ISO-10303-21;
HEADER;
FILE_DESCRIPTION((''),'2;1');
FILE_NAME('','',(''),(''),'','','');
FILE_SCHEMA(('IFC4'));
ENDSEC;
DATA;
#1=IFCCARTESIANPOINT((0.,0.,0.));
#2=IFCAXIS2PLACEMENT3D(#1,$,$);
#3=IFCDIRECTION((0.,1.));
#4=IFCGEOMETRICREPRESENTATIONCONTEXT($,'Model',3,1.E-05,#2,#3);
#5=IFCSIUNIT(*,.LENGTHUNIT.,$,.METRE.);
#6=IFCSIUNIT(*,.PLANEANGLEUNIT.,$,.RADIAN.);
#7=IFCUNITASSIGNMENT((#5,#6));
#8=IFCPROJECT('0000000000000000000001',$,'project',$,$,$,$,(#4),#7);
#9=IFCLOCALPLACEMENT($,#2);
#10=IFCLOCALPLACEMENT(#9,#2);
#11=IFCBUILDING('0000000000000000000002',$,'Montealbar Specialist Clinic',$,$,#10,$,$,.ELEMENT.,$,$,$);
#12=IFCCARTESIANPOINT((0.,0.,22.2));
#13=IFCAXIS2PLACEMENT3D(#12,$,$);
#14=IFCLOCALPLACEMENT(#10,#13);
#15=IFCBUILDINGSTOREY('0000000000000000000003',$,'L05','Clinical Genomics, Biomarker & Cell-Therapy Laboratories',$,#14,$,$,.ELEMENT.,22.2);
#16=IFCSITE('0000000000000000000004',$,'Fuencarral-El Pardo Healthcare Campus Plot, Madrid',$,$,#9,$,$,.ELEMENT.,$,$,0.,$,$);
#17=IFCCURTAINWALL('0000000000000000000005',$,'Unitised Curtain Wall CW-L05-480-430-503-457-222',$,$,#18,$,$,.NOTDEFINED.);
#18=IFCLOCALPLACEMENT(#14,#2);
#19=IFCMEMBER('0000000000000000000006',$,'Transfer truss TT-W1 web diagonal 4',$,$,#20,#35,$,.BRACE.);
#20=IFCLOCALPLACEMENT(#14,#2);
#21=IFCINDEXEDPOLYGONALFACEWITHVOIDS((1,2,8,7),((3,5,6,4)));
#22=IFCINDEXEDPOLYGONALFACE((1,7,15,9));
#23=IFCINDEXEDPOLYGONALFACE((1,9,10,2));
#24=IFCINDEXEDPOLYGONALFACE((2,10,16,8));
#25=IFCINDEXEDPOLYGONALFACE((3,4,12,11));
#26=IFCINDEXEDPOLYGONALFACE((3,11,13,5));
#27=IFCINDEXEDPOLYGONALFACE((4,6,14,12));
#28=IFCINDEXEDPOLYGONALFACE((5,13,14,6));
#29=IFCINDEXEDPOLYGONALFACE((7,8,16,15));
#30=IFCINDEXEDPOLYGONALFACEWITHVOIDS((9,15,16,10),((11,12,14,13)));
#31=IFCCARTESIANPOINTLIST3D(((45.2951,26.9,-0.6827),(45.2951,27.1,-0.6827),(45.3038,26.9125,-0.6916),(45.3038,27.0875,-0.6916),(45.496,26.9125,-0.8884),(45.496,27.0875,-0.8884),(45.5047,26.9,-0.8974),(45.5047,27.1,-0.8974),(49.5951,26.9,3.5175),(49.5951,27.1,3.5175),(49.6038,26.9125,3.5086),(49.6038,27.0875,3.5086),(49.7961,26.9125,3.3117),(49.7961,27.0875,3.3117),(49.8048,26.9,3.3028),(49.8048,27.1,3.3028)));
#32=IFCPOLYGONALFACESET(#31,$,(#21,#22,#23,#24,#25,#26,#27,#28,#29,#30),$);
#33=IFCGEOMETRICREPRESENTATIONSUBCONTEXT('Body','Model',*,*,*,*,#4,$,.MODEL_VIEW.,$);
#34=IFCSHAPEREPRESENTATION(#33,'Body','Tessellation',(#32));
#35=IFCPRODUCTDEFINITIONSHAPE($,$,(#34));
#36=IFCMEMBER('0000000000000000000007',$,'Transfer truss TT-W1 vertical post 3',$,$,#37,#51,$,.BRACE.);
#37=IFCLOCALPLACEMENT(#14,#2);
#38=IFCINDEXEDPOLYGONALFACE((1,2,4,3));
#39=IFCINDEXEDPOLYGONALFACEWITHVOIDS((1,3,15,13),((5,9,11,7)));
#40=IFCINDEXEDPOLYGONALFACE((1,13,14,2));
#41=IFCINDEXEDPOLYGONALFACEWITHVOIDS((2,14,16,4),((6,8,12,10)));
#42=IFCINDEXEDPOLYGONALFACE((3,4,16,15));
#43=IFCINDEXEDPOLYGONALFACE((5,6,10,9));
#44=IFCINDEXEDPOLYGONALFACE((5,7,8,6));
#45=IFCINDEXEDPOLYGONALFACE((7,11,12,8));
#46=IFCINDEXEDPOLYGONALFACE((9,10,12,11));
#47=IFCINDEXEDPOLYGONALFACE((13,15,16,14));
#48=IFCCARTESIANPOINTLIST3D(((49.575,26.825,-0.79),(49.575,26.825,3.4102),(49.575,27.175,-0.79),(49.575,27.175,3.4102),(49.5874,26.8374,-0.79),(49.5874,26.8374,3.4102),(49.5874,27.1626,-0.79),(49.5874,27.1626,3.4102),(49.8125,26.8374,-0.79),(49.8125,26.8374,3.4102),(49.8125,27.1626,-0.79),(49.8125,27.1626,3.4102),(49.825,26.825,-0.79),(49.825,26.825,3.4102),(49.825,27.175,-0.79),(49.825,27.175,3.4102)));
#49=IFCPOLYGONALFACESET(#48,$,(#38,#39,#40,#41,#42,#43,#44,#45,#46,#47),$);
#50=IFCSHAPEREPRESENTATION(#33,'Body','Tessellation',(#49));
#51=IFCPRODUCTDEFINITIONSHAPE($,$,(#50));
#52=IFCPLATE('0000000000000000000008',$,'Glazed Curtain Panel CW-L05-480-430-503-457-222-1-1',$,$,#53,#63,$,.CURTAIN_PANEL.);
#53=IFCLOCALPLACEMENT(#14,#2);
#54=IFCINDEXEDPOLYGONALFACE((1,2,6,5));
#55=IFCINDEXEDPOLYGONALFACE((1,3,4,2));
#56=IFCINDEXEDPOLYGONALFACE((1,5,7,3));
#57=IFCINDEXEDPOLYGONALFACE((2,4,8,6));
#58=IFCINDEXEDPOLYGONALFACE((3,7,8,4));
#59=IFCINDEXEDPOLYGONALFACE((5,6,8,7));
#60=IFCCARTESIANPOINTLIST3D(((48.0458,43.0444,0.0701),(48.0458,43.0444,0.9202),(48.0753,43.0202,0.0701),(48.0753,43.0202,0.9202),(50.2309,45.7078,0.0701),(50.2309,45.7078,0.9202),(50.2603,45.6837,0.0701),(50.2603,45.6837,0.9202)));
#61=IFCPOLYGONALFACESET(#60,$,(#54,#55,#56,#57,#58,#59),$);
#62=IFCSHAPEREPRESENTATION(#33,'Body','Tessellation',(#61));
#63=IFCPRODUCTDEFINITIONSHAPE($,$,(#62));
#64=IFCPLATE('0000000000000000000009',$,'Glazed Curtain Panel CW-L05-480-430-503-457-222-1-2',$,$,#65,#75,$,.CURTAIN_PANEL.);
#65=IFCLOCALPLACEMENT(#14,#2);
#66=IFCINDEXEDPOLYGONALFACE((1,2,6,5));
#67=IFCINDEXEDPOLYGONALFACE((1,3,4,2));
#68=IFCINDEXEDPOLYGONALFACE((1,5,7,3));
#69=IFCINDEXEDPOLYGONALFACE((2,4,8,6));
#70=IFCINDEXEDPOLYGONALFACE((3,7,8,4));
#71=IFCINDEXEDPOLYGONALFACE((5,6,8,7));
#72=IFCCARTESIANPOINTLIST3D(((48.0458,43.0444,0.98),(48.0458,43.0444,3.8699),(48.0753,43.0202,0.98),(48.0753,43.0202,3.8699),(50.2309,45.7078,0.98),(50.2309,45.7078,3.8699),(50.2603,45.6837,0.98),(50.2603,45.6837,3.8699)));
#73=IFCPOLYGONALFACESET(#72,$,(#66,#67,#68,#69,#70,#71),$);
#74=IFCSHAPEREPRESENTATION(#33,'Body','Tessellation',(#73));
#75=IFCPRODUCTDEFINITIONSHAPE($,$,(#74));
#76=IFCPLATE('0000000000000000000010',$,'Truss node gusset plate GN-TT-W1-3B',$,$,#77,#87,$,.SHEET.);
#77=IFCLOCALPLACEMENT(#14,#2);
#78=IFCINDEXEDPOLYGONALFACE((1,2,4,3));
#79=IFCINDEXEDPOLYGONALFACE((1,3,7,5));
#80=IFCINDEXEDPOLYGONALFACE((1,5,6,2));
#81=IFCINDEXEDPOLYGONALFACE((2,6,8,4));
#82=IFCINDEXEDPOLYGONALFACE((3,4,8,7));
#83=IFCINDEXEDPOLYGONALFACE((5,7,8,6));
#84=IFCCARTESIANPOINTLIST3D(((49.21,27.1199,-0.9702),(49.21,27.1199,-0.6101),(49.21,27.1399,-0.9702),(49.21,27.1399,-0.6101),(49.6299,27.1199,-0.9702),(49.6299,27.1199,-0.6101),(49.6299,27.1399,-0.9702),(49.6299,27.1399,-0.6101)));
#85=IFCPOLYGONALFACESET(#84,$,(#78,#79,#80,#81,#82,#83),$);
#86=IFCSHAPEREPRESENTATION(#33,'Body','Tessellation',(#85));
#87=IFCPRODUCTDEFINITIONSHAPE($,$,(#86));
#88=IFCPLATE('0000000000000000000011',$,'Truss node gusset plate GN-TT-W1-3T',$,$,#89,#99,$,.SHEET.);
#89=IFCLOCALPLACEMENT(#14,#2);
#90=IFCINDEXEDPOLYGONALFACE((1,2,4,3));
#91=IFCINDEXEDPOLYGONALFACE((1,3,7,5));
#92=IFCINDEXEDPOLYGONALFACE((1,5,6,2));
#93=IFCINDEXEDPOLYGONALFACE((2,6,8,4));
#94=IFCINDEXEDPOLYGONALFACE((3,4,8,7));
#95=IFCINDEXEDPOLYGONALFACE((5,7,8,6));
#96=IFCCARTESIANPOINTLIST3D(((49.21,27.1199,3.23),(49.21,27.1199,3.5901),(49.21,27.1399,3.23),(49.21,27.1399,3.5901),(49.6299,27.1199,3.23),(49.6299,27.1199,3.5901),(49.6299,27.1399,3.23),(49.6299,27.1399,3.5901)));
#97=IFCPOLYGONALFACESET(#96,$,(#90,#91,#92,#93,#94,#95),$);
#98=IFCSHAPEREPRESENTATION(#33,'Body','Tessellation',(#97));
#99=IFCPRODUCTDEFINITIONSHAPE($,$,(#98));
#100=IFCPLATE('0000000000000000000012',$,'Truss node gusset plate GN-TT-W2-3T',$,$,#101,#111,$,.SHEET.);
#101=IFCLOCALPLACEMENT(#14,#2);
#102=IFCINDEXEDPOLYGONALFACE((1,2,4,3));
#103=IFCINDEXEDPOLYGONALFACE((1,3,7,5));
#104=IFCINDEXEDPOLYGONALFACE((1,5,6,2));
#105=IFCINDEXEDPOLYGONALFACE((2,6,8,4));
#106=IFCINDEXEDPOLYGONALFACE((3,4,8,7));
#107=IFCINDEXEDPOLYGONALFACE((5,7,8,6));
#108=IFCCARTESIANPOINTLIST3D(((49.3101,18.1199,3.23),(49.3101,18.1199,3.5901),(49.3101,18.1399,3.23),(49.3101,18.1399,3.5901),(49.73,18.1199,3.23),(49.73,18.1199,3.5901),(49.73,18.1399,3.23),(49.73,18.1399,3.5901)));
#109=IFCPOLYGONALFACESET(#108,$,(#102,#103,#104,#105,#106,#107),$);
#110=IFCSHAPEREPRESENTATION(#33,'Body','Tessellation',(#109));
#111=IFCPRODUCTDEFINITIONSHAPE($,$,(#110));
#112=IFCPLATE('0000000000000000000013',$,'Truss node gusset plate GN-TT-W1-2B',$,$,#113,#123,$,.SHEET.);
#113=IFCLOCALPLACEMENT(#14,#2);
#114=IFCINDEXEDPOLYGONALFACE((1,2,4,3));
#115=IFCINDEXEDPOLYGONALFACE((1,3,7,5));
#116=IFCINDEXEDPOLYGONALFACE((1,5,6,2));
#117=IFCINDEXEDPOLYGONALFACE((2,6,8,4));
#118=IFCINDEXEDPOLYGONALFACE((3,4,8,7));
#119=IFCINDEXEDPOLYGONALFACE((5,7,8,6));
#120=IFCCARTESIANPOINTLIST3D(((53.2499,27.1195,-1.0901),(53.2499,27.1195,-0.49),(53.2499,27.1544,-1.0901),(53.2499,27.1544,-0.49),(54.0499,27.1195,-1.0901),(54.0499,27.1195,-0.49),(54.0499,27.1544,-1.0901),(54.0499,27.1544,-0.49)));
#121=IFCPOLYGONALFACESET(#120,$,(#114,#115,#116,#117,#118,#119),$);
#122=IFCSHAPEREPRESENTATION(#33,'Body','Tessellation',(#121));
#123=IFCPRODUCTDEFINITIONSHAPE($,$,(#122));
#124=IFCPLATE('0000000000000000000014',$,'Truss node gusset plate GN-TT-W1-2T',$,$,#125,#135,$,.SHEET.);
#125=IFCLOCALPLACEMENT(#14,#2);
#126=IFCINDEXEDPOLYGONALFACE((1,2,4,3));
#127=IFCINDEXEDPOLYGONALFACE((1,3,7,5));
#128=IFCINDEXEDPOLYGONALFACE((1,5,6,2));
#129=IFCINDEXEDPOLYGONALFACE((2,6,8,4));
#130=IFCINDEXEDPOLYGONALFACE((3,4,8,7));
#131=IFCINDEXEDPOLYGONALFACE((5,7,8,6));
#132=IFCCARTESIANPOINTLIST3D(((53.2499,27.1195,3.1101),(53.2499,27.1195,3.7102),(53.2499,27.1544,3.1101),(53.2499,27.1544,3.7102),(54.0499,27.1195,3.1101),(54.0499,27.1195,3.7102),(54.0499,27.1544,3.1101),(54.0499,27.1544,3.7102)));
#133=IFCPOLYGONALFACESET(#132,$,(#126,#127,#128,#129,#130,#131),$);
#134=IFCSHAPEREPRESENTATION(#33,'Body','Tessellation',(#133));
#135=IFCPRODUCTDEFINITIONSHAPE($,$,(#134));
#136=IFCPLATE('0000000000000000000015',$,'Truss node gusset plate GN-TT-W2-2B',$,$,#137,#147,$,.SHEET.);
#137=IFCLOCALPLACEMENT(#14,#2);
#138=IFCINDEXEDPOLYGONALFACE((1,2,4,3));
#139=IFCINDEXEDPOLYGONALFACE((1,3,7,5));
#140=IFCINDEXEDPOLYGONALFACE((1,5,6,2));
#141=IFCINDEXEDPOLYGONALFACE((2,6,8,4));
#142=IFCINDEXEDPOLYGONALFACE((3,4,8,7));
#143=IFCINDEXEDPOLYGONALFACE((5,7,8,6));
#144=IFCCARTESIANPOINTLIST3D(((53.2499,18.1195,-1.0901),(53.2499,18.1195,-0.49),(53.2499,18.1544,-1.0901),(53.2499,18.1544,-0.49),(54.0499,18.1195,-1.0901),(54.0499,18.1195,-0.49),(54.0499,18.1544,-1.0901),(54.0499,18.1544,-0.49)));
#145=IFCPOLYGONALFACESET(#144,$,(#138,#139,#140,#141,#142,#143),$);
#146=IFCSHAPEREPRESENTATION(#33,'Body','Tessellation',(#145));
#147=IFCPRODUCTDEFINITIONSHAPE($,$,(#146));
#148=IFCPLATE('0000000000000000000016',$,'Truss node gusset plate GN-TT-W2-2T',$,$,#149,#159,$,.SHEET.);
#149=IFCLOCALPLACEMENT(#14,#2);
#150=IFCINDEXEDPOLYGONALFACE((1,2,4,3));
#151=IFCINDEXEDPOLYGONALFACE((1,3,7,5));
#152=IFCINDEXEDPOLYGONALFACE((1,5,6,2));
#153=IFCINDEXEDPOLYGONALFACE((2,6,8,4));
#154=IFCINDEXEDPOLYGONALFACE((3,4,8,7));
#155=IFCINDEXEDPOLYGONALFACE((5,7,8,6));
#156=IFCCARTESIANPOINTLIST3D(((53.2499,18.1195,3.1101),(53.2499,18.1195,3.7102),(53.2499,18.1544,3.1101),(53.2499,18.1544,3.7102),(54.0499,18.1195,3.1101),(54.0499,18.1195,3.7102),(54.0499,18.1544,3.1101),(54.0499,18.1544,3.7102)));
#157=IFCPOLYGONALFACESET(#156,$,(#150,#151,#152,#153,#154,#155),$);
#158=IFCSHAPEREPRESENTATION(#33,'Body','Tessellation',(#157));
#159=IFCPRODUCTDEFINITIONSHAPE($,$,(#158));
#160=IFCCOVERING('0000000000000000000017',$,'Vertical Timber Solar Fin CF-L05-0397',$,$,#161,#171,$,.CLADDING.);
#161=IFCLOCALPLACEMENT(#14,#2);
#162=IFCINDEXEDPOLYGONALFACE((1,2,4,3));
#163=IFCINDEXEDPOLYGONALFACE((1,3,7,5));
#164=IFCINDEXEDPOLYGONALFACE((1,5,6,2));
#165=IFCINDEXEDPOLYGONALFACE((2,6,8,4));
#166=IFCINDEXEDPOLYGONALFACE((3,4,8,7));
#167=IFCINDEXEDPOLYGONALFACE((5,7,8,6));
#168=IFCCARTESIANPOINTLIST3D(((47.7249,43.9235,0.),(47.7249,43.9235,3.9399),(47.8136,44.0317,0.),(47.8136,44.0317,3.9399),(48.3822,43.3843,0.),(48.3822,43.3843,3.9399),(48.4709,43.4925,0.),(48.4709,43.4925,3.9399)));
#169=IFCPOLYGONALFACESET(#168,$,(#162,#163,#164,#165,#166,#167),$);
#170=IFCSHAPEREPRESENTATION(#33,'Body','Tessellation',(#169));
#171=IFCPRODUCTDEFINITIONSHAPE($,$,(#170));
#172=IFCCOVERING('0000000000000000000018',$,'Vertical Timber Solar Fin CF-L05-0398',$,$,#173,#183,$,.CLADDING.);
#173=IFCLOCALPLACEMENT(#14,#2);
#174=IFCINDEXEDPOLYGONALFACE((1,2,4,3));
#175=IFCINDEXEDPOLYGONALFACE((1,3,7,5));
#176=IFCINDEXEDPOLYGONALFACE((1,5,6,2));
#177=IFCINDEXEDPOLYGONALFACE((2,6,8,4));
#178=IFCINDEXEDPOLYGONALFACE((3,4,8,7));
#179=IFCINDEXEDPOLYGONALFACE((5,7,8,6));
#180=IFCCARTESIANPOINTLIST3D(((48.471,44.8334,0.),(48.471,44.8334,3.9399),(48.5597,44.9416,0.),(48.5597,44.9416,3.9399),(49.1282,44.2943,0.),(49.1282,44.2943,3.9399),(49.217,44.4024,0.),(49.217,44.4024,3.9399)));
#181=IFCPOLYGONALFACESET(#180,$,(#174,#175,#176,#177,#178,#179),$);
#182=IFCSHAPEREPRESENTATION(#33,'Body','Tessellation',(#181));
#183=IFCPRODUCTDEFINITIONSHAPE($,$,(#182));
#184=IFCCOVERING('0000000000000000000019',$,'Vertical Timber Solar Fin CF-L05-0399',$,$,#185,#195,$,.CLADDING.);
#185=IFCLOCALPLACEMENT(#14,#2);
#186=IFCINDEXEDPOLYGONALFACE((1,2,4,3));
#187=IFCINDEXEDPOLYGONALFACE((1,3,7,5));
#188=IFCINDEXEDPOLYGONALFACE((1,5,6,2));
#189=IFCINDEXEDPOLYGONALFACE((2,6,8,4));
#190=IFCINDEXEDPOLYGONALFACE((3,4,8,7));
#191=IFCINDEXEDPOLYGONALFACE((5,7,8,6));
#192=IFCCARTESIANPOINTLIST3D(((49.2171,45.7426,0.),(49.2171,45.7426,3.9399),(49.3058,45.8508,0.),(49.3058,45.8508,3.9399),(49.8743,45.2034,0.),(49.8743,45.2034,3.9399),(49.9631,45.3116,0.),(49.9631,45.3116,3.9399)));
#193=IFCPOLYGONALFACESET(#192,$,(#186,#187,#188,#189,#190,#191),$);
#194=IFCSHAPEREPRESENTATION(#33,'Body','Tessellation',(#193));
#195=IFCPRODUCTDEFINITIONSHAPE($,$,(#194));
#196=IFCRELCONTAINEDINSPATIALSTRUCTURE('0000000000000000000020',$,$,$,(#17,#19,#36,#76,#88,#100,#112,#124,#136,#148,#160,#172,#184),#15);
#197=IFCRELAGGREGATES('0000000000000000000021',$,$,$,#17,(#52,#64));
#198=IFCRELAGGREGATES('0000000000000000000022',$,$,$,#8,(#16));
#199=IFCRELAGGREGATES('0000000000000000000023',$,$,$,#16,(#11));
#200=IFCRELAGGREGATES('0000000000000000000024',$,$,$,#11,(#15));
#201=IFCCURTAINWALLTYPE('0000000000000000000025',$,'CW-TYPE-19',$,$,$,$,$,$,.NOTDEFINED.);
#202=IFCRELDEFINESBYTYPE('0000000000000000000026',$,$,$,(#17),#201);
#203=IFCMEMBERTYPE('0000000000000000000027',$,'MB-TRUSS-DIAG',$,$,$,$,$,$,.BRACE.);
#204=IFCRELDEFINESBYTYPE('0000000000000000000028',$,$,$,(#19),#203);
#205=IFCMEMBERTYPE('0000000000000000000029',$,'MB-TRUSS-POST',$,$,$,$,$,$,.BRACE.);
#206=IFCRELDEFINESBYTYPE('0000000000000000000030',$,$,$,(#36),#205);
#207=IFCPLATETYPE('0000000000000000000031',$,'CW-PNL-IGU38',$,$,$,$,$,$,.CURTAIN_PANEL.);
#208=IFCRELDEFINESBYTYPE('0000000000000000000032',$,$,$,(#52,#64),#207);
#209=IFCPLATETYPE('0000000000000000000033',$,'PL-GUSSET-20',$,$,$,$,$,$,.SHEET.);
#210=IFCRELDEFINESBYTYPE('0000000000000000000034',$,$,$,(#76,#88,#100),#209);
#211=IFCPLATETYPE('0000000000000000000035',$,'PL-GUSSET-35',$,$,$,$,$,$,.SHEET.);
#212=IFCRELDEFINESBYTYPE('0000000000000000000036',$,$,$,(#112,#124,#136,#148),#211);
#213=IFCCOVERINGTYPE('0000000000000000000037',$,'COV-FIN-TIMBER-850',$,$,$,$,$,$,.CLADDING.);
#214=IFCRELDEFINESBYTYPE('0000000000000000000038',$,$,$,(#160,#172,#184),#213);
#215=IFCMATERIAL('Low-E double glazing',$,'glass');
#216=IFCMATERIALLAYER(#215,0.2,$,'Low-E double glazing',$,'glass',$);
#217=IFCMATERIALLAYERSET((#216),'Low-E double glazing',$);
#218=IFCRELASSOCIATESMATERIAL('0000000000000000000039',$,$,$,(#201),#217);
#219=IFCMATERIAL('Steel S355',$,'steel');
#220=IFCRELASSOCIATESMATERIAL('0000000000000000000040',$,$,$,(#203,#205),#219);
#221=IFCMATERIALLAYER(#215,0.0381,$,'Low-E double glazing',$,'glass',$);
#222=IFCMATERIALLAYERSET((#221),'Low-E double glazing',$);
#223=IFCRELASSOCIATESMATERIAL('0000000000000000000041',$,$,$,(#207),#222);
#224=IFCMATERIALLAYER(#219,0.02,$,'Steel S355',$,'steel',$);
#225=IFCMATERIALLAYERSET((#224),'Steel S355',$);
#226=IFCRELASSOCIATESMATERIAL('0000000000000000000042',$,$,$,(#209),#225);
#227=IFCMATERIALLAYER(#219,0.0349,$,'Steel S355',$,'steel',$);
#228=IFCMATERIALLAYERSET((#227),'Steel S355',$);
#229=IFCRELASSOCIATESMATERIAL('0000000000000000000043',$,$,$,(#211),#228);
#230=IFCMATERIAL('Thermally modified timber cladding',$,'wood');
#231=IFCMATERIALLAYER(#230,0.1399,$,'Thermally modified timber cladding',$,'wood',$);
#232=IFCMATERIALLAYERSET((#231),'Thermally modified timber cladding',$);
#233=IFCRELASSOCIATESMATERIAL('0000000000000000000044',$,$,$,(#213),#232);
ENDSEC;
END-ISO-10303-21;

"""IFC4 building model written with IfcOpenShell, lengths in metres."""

from ifc_helpers import new_model, si_unit, direction, frame, origin, origin_2d, place, context, subcontext, project, spatial, rectangle, hollow_rectangle, extrude, material, layer, layer_set, material_profile, profile_set, type_object, element, aggregate, save


model = new_model("IFC4")

# Units and contexts
model_context = context("Model", 3, precision=1e-05, world=origin(), true_north=direction((0.0, 1.0)))
body_context = subcontext(model_context, "Body", "Model", "MODEL_VIEW")
ifc_project = project(units=[si_unit("LENGTHUNIT", "METRE"), si_unit("PLANEANGLEUNIT", "RADIAN")], contexts=[model_context])

# Site, building, storey
site_placement = place(None, origin())
site = spatial("IfcSite", under=ifc_project, at=site_placement, Name="Fuencarral-El Pardo Healthcare Campus Plot, Madrid", CompositionType="ELEMENT", RefElevation=0.0)
building_placement = place(site_placement, origin())
building = spatial("IfcBuilding", under=site, at=building_placement, Name="Montealbar Specialist Clinic", CompositionType="ELEMENT")
storey_placement = place(building_placement, frame((0.0, 0.0, 22.2)))
storey = spatial("IfcBuildingStorey", under=building, at=storey_placement, Name="L05", Description="Clinical Genomics, Biomarker & Cell-Therapy Laboratories", CompositionType="ELEMENT", Elevation=22.2)

# Shared definitions
ifc_material_1 = material(Name="Steel S355", Category="steel")

# Shared definitions
ifc_material_2 = material(Name="Low-E double glazing", Category="glass")
ifc_layer_1 = layer(ifc_material_2, 0.2, Name="Low-E double glazing", Category="glass")
ifc_layer_set_1 = layer_set([ifc_layer_1], Name="Low-E double glazing")
curtain_wall_type = type_object("IfcCurtainWallType", Name="CW-TYPE-19", PredefinedType="NOTDEFINED", material=ifc_layer_set_1)

# Curtain wall
curtain_wall_1_placement = place(storey_placement, origin())
curtain_wall_1 = element("IfcCurtainWall", 1, at=curtain_wall_1_placement, inside=storey, type_object=curtain_wall_type, Name="Unitised Curtain Wall CW-L05-480-430-503-457-222", PredefinedType="NOTDEFINED")

# Members
ifc_material_profile_1 = material_profile(ifc_material_1, hollow_rectangle(XDim=0.2, YDim=0.3, WallThickness=0.0125, at=origin_2d()), Name="RHS 300x200x12.5", Category="steel")
ifc_profile_set_1 = profile_set([ifc_material_profile_1], Name="Steel S355")
member_type_1 = type_object("IfcMemberType", Name="MB-TRUSS-DIAG", PredefinedType="BRACE", material=ifc_profile_set_1)
for number, where, z_axis, x_axis, name in (
    (2, (49.7, 27.0, 3.4102), (-0.715364, 0.0, -0.698752), (0.0, -1.0, 0.0), "Transfer truss TT-W1 web diagonal 4"),
):
    element("IfcMember", number, at=place(storey_placement, frame(where, z_axis=z_axis, x_axis=x_axis)), inside=storey, type_object=member_type_1, Name=name, PredefinedType="BRACE", context=body_context, shape_type="SweptSolid", body=[
        extrude(hollow_rectangle(XDim=0.2, YDim=0.3, WallThickness=0.0125, at=origin_2d()), origin(), (0.0, 0.0, 1.0), 6.011),
    ])
ifc_material_profile_2 = material_profile(ifc_material_1, hollow_rectangle(XDim=0.25, YDim=0.3501, WallThickness=0.0125, at=origin_2d()), Name="RHS 350x250x12.5", Category="steel")
ifc_profile_set_2 = profile_set([ifc_material_profile_2], Name="Steel S355")
member_type_2 = type_object("IfcMemberType", Name="MB-TRUSS-POST", PredefinedType="BRACE", material=ifc_profile_set_2)
member_1_placement = place(storey_placement, frame((49.7, 27.0, -0.79), z_axis=(0.0, 0.0, 1.0), x_axis=(1.0, 0.0, 0.0)))
element("IfcMember", 3, at=member_1_placement, inside=storey, type_object=member_type_2, Name="Transfer truss TT-W1 vertical post 3", PredefinedType="BRACE", context=body_context, shape_type="SweptSolid", body=[
    extrude(hollow_rectangle(XDim=0.25, YDim=0.3501, WallThickness=0.0125, at=origin_2d()), origin(), (0.0, 0.0, 1.0), 4.2002),
])

# Plates
ifc_layer_2 = layer(ifc_material_2, 0.0381, Name="Low-E double glazing", Category="glass")
ifc_layer_set_2 = layer_set([ifc_layer_2], Name="Low-E double glazing")
plate_type_1 = type_object("IfcPlateType", Name="CW-PNL-IGU38", PredefinedType="CURTAIN_PANEL", material=ifc_layer_set_2)
plate_1_placement = place(storey_placement, frame((49.1531, 44.364, 0.0701), z_axis=(0.0, 0.0, 1.0), x_axis=(0.634256, 0.773123, 0.0)))
plate_1 = element("IfcPlate", 4, at=plate_1_placement, type_object=plate_type_1, Name="Glazed Curtain Panel CW-L05-480-430-503-457-222-1-1", PredefinedType="CURTAIN_PANEL", context=body_context, shape_type="SweptSolid", body=[
    extrude(rectangle(XDim=3.4451, YDim=0.0381, at=origin_2d()), origin(), (0.0, 0.0, 1.0), 0.8501),
])
plate_2_placement = place(storey_placement, frame((49.1531, 44.364, 0.98), z_axis=(0.0, 0.0, 1.0), x_axis=(0.634256, 0.773123, 0.0)))
plate_2 = element("IfcPlate", 5, at=plate_2_placement, type_object=plate_type_1, Name="Glazed Curtain Panel CW-L05-480-430-503-457-222-1-2", PredefinedType="CURTAIN_PANEL", context=body_context, shape_type="SweptSolid", body=[
    extrude(rectangle(XDim=3.4451, YDim=0.0381, at=origin_2d()), origin(), (0.0, 0.0, 1.0), 2.8899),
])
aggregate(curtain_wall_1, [plate_1, plate_2])

# Plates
ifc_layer_3 = layer(ifc_material_1, 0.02, Name="Steel S355", Category="steel")
ifc_layer_set_3 = layer_set([ifc_layer_3], Name="Steel S355")
plate_type_2 = type_object("IfcPlateType", Name="PL-GUSSET-20", PredefinedType="SHEET", material=ifc_layer_set_3)
for number, where, z_axis, x_axis, name in (
    (6, (49.4199, 27.1299, -0.9702), (0.0, 0.0, 1.0), (1.0, 0.0, 0.0), "Truss node gusset plate GN-TT-W1-3B"),
    (7, (49.4199, 27.1299, 3.23), (0.0, 0.0, 1.0), (1.0, 0.0, 0.0), "Truss node gusset plate GN-TT-W1-3T"),
    (8, (49.52, 18.1299, 3.23), (0.0, 0.0, 1.0), (1.0, 0.0, 0.0), "Truss node gusset plate GN-TT-W2-3T"),
):
    element("IfcPlate", number, at=place(storey_placement, frame(where, z_axis=z_axis, x_axis=x_axis)), inside=storey, type_object=plate_type_2, Name=name, PredefinedType="SHEET", context=body_context, shape_type="SweptSolid", body=[
        extrude(rectangle(XDim=0.4199, YDim=0.02, at=origin_2d()), origin(), (0.0, 0.0, 1.0), 0.3601),
    ])
ifc_layer_4 = layer(ifc_material_1, 0.0349, Name="Steel S355", Category="steel")
ifc_layer_set_4 = layer_set([ifc_layer_4], Name="Steel S355")
plate_type_3 = type_object("IfcPlateType", Name="PL-GUSSET-35", PredefinedType="SHEET", material=ifc_layer_set_4)
for number, where, z_axis, x_axis, name in (
    (9, (53.6499, 27.137, -1.0901), (0.0, 0.0, 1.0), (1.0, 0.0, 0.0), "Truss node gusset plate GN-TT-W1-2B"),
    (10, (53.6499, 27.137, 3.1101), (0.0, 0.0, 1.0), (1.0, 0.0, 0.0), "Truss node gusset plate GN-TT-W1-2T"),
    (11, (53.6499, 18.137, -1.0901), (0.0, 0.0, 1.0), (1.0, 0.0, 0.0), "Truss node gusset plate GN-TT-W2-2B"),
    (12, (53.6499, 18.137, 3.1101), (0.0, 0.0, 1.0), (1.0, 0.0, 0.0), "Truss node gusset plate GN-TT-W2-2T"),
):
    element("IfcPlate", number, at=place(storey_placement, frame(where, z_axis=z_axis, x_axis=x_axis)), inside=storey, type_object=plate_type_3, Name=name, PredefinedType="SHEET", context=body_context, shape_type="SweptSolid", body=[
        extrude(rectangle(XDim=0.8, YDim=0.0349, at=origin_2d()), origin(), (0.0, 0.0, 1.0), 0.6001),
    ])

# Coverings
ifc_material_3 = material(Name="Thermally modified timber cladding", Category="wood")
ifc_layer_5 = layer(ifc_material_3, 0.1399, Name="Thermally modified timber cladding", Category="wood")
ifc_layer_set_5 = layer_set([ifc_layer_5], Name="Thermally modified timber cladding")
covering_type = type_object("IfcCoveringType", Name="COV-FIN-TIMBER-850", PredefinedType="CLADDING", material=ifc_layer_set_5)
for number, where, z_axis, x_axis, name in (
    (13, (48.0979, 43.708, 0.0), (0.0, 0.0, 1.0), (-0.773123, 0.634256, 0.0), "Vertical Timber Solar Fin CF-L05-0397"),
    (14, (48.844, 44.6179, 0.0), (0.0, 0.0, 1.0), (-0.773123, 0.634256, 0.0), "Vertical Timber Solar Fin CF-L05-0398"),
    (15, (49.5901, 45.5271, 0.0), (0.0, 0.0, 1.0), (-0.773123, 0.634256, 0.0), "Vertical Timber Solar Fin CF-L05-0399"),
):
    element("IfcCovering", number, at=place(storey_placement, frame(where, z_axis=z_axis, x_axis=x_axis)), inside=storey, type_object=covering_type, Name=name, PredefinedType="CLADDING", context=body_context, shape_type="SweptSolid", body=[
        extrude(rectangle(XDim=0.8501, YDim=0.1399, at=origin_2d()), origin(), (0.0, 0.0, 1.0), 3.9399),
    ])

save(model, "model.ifc")
